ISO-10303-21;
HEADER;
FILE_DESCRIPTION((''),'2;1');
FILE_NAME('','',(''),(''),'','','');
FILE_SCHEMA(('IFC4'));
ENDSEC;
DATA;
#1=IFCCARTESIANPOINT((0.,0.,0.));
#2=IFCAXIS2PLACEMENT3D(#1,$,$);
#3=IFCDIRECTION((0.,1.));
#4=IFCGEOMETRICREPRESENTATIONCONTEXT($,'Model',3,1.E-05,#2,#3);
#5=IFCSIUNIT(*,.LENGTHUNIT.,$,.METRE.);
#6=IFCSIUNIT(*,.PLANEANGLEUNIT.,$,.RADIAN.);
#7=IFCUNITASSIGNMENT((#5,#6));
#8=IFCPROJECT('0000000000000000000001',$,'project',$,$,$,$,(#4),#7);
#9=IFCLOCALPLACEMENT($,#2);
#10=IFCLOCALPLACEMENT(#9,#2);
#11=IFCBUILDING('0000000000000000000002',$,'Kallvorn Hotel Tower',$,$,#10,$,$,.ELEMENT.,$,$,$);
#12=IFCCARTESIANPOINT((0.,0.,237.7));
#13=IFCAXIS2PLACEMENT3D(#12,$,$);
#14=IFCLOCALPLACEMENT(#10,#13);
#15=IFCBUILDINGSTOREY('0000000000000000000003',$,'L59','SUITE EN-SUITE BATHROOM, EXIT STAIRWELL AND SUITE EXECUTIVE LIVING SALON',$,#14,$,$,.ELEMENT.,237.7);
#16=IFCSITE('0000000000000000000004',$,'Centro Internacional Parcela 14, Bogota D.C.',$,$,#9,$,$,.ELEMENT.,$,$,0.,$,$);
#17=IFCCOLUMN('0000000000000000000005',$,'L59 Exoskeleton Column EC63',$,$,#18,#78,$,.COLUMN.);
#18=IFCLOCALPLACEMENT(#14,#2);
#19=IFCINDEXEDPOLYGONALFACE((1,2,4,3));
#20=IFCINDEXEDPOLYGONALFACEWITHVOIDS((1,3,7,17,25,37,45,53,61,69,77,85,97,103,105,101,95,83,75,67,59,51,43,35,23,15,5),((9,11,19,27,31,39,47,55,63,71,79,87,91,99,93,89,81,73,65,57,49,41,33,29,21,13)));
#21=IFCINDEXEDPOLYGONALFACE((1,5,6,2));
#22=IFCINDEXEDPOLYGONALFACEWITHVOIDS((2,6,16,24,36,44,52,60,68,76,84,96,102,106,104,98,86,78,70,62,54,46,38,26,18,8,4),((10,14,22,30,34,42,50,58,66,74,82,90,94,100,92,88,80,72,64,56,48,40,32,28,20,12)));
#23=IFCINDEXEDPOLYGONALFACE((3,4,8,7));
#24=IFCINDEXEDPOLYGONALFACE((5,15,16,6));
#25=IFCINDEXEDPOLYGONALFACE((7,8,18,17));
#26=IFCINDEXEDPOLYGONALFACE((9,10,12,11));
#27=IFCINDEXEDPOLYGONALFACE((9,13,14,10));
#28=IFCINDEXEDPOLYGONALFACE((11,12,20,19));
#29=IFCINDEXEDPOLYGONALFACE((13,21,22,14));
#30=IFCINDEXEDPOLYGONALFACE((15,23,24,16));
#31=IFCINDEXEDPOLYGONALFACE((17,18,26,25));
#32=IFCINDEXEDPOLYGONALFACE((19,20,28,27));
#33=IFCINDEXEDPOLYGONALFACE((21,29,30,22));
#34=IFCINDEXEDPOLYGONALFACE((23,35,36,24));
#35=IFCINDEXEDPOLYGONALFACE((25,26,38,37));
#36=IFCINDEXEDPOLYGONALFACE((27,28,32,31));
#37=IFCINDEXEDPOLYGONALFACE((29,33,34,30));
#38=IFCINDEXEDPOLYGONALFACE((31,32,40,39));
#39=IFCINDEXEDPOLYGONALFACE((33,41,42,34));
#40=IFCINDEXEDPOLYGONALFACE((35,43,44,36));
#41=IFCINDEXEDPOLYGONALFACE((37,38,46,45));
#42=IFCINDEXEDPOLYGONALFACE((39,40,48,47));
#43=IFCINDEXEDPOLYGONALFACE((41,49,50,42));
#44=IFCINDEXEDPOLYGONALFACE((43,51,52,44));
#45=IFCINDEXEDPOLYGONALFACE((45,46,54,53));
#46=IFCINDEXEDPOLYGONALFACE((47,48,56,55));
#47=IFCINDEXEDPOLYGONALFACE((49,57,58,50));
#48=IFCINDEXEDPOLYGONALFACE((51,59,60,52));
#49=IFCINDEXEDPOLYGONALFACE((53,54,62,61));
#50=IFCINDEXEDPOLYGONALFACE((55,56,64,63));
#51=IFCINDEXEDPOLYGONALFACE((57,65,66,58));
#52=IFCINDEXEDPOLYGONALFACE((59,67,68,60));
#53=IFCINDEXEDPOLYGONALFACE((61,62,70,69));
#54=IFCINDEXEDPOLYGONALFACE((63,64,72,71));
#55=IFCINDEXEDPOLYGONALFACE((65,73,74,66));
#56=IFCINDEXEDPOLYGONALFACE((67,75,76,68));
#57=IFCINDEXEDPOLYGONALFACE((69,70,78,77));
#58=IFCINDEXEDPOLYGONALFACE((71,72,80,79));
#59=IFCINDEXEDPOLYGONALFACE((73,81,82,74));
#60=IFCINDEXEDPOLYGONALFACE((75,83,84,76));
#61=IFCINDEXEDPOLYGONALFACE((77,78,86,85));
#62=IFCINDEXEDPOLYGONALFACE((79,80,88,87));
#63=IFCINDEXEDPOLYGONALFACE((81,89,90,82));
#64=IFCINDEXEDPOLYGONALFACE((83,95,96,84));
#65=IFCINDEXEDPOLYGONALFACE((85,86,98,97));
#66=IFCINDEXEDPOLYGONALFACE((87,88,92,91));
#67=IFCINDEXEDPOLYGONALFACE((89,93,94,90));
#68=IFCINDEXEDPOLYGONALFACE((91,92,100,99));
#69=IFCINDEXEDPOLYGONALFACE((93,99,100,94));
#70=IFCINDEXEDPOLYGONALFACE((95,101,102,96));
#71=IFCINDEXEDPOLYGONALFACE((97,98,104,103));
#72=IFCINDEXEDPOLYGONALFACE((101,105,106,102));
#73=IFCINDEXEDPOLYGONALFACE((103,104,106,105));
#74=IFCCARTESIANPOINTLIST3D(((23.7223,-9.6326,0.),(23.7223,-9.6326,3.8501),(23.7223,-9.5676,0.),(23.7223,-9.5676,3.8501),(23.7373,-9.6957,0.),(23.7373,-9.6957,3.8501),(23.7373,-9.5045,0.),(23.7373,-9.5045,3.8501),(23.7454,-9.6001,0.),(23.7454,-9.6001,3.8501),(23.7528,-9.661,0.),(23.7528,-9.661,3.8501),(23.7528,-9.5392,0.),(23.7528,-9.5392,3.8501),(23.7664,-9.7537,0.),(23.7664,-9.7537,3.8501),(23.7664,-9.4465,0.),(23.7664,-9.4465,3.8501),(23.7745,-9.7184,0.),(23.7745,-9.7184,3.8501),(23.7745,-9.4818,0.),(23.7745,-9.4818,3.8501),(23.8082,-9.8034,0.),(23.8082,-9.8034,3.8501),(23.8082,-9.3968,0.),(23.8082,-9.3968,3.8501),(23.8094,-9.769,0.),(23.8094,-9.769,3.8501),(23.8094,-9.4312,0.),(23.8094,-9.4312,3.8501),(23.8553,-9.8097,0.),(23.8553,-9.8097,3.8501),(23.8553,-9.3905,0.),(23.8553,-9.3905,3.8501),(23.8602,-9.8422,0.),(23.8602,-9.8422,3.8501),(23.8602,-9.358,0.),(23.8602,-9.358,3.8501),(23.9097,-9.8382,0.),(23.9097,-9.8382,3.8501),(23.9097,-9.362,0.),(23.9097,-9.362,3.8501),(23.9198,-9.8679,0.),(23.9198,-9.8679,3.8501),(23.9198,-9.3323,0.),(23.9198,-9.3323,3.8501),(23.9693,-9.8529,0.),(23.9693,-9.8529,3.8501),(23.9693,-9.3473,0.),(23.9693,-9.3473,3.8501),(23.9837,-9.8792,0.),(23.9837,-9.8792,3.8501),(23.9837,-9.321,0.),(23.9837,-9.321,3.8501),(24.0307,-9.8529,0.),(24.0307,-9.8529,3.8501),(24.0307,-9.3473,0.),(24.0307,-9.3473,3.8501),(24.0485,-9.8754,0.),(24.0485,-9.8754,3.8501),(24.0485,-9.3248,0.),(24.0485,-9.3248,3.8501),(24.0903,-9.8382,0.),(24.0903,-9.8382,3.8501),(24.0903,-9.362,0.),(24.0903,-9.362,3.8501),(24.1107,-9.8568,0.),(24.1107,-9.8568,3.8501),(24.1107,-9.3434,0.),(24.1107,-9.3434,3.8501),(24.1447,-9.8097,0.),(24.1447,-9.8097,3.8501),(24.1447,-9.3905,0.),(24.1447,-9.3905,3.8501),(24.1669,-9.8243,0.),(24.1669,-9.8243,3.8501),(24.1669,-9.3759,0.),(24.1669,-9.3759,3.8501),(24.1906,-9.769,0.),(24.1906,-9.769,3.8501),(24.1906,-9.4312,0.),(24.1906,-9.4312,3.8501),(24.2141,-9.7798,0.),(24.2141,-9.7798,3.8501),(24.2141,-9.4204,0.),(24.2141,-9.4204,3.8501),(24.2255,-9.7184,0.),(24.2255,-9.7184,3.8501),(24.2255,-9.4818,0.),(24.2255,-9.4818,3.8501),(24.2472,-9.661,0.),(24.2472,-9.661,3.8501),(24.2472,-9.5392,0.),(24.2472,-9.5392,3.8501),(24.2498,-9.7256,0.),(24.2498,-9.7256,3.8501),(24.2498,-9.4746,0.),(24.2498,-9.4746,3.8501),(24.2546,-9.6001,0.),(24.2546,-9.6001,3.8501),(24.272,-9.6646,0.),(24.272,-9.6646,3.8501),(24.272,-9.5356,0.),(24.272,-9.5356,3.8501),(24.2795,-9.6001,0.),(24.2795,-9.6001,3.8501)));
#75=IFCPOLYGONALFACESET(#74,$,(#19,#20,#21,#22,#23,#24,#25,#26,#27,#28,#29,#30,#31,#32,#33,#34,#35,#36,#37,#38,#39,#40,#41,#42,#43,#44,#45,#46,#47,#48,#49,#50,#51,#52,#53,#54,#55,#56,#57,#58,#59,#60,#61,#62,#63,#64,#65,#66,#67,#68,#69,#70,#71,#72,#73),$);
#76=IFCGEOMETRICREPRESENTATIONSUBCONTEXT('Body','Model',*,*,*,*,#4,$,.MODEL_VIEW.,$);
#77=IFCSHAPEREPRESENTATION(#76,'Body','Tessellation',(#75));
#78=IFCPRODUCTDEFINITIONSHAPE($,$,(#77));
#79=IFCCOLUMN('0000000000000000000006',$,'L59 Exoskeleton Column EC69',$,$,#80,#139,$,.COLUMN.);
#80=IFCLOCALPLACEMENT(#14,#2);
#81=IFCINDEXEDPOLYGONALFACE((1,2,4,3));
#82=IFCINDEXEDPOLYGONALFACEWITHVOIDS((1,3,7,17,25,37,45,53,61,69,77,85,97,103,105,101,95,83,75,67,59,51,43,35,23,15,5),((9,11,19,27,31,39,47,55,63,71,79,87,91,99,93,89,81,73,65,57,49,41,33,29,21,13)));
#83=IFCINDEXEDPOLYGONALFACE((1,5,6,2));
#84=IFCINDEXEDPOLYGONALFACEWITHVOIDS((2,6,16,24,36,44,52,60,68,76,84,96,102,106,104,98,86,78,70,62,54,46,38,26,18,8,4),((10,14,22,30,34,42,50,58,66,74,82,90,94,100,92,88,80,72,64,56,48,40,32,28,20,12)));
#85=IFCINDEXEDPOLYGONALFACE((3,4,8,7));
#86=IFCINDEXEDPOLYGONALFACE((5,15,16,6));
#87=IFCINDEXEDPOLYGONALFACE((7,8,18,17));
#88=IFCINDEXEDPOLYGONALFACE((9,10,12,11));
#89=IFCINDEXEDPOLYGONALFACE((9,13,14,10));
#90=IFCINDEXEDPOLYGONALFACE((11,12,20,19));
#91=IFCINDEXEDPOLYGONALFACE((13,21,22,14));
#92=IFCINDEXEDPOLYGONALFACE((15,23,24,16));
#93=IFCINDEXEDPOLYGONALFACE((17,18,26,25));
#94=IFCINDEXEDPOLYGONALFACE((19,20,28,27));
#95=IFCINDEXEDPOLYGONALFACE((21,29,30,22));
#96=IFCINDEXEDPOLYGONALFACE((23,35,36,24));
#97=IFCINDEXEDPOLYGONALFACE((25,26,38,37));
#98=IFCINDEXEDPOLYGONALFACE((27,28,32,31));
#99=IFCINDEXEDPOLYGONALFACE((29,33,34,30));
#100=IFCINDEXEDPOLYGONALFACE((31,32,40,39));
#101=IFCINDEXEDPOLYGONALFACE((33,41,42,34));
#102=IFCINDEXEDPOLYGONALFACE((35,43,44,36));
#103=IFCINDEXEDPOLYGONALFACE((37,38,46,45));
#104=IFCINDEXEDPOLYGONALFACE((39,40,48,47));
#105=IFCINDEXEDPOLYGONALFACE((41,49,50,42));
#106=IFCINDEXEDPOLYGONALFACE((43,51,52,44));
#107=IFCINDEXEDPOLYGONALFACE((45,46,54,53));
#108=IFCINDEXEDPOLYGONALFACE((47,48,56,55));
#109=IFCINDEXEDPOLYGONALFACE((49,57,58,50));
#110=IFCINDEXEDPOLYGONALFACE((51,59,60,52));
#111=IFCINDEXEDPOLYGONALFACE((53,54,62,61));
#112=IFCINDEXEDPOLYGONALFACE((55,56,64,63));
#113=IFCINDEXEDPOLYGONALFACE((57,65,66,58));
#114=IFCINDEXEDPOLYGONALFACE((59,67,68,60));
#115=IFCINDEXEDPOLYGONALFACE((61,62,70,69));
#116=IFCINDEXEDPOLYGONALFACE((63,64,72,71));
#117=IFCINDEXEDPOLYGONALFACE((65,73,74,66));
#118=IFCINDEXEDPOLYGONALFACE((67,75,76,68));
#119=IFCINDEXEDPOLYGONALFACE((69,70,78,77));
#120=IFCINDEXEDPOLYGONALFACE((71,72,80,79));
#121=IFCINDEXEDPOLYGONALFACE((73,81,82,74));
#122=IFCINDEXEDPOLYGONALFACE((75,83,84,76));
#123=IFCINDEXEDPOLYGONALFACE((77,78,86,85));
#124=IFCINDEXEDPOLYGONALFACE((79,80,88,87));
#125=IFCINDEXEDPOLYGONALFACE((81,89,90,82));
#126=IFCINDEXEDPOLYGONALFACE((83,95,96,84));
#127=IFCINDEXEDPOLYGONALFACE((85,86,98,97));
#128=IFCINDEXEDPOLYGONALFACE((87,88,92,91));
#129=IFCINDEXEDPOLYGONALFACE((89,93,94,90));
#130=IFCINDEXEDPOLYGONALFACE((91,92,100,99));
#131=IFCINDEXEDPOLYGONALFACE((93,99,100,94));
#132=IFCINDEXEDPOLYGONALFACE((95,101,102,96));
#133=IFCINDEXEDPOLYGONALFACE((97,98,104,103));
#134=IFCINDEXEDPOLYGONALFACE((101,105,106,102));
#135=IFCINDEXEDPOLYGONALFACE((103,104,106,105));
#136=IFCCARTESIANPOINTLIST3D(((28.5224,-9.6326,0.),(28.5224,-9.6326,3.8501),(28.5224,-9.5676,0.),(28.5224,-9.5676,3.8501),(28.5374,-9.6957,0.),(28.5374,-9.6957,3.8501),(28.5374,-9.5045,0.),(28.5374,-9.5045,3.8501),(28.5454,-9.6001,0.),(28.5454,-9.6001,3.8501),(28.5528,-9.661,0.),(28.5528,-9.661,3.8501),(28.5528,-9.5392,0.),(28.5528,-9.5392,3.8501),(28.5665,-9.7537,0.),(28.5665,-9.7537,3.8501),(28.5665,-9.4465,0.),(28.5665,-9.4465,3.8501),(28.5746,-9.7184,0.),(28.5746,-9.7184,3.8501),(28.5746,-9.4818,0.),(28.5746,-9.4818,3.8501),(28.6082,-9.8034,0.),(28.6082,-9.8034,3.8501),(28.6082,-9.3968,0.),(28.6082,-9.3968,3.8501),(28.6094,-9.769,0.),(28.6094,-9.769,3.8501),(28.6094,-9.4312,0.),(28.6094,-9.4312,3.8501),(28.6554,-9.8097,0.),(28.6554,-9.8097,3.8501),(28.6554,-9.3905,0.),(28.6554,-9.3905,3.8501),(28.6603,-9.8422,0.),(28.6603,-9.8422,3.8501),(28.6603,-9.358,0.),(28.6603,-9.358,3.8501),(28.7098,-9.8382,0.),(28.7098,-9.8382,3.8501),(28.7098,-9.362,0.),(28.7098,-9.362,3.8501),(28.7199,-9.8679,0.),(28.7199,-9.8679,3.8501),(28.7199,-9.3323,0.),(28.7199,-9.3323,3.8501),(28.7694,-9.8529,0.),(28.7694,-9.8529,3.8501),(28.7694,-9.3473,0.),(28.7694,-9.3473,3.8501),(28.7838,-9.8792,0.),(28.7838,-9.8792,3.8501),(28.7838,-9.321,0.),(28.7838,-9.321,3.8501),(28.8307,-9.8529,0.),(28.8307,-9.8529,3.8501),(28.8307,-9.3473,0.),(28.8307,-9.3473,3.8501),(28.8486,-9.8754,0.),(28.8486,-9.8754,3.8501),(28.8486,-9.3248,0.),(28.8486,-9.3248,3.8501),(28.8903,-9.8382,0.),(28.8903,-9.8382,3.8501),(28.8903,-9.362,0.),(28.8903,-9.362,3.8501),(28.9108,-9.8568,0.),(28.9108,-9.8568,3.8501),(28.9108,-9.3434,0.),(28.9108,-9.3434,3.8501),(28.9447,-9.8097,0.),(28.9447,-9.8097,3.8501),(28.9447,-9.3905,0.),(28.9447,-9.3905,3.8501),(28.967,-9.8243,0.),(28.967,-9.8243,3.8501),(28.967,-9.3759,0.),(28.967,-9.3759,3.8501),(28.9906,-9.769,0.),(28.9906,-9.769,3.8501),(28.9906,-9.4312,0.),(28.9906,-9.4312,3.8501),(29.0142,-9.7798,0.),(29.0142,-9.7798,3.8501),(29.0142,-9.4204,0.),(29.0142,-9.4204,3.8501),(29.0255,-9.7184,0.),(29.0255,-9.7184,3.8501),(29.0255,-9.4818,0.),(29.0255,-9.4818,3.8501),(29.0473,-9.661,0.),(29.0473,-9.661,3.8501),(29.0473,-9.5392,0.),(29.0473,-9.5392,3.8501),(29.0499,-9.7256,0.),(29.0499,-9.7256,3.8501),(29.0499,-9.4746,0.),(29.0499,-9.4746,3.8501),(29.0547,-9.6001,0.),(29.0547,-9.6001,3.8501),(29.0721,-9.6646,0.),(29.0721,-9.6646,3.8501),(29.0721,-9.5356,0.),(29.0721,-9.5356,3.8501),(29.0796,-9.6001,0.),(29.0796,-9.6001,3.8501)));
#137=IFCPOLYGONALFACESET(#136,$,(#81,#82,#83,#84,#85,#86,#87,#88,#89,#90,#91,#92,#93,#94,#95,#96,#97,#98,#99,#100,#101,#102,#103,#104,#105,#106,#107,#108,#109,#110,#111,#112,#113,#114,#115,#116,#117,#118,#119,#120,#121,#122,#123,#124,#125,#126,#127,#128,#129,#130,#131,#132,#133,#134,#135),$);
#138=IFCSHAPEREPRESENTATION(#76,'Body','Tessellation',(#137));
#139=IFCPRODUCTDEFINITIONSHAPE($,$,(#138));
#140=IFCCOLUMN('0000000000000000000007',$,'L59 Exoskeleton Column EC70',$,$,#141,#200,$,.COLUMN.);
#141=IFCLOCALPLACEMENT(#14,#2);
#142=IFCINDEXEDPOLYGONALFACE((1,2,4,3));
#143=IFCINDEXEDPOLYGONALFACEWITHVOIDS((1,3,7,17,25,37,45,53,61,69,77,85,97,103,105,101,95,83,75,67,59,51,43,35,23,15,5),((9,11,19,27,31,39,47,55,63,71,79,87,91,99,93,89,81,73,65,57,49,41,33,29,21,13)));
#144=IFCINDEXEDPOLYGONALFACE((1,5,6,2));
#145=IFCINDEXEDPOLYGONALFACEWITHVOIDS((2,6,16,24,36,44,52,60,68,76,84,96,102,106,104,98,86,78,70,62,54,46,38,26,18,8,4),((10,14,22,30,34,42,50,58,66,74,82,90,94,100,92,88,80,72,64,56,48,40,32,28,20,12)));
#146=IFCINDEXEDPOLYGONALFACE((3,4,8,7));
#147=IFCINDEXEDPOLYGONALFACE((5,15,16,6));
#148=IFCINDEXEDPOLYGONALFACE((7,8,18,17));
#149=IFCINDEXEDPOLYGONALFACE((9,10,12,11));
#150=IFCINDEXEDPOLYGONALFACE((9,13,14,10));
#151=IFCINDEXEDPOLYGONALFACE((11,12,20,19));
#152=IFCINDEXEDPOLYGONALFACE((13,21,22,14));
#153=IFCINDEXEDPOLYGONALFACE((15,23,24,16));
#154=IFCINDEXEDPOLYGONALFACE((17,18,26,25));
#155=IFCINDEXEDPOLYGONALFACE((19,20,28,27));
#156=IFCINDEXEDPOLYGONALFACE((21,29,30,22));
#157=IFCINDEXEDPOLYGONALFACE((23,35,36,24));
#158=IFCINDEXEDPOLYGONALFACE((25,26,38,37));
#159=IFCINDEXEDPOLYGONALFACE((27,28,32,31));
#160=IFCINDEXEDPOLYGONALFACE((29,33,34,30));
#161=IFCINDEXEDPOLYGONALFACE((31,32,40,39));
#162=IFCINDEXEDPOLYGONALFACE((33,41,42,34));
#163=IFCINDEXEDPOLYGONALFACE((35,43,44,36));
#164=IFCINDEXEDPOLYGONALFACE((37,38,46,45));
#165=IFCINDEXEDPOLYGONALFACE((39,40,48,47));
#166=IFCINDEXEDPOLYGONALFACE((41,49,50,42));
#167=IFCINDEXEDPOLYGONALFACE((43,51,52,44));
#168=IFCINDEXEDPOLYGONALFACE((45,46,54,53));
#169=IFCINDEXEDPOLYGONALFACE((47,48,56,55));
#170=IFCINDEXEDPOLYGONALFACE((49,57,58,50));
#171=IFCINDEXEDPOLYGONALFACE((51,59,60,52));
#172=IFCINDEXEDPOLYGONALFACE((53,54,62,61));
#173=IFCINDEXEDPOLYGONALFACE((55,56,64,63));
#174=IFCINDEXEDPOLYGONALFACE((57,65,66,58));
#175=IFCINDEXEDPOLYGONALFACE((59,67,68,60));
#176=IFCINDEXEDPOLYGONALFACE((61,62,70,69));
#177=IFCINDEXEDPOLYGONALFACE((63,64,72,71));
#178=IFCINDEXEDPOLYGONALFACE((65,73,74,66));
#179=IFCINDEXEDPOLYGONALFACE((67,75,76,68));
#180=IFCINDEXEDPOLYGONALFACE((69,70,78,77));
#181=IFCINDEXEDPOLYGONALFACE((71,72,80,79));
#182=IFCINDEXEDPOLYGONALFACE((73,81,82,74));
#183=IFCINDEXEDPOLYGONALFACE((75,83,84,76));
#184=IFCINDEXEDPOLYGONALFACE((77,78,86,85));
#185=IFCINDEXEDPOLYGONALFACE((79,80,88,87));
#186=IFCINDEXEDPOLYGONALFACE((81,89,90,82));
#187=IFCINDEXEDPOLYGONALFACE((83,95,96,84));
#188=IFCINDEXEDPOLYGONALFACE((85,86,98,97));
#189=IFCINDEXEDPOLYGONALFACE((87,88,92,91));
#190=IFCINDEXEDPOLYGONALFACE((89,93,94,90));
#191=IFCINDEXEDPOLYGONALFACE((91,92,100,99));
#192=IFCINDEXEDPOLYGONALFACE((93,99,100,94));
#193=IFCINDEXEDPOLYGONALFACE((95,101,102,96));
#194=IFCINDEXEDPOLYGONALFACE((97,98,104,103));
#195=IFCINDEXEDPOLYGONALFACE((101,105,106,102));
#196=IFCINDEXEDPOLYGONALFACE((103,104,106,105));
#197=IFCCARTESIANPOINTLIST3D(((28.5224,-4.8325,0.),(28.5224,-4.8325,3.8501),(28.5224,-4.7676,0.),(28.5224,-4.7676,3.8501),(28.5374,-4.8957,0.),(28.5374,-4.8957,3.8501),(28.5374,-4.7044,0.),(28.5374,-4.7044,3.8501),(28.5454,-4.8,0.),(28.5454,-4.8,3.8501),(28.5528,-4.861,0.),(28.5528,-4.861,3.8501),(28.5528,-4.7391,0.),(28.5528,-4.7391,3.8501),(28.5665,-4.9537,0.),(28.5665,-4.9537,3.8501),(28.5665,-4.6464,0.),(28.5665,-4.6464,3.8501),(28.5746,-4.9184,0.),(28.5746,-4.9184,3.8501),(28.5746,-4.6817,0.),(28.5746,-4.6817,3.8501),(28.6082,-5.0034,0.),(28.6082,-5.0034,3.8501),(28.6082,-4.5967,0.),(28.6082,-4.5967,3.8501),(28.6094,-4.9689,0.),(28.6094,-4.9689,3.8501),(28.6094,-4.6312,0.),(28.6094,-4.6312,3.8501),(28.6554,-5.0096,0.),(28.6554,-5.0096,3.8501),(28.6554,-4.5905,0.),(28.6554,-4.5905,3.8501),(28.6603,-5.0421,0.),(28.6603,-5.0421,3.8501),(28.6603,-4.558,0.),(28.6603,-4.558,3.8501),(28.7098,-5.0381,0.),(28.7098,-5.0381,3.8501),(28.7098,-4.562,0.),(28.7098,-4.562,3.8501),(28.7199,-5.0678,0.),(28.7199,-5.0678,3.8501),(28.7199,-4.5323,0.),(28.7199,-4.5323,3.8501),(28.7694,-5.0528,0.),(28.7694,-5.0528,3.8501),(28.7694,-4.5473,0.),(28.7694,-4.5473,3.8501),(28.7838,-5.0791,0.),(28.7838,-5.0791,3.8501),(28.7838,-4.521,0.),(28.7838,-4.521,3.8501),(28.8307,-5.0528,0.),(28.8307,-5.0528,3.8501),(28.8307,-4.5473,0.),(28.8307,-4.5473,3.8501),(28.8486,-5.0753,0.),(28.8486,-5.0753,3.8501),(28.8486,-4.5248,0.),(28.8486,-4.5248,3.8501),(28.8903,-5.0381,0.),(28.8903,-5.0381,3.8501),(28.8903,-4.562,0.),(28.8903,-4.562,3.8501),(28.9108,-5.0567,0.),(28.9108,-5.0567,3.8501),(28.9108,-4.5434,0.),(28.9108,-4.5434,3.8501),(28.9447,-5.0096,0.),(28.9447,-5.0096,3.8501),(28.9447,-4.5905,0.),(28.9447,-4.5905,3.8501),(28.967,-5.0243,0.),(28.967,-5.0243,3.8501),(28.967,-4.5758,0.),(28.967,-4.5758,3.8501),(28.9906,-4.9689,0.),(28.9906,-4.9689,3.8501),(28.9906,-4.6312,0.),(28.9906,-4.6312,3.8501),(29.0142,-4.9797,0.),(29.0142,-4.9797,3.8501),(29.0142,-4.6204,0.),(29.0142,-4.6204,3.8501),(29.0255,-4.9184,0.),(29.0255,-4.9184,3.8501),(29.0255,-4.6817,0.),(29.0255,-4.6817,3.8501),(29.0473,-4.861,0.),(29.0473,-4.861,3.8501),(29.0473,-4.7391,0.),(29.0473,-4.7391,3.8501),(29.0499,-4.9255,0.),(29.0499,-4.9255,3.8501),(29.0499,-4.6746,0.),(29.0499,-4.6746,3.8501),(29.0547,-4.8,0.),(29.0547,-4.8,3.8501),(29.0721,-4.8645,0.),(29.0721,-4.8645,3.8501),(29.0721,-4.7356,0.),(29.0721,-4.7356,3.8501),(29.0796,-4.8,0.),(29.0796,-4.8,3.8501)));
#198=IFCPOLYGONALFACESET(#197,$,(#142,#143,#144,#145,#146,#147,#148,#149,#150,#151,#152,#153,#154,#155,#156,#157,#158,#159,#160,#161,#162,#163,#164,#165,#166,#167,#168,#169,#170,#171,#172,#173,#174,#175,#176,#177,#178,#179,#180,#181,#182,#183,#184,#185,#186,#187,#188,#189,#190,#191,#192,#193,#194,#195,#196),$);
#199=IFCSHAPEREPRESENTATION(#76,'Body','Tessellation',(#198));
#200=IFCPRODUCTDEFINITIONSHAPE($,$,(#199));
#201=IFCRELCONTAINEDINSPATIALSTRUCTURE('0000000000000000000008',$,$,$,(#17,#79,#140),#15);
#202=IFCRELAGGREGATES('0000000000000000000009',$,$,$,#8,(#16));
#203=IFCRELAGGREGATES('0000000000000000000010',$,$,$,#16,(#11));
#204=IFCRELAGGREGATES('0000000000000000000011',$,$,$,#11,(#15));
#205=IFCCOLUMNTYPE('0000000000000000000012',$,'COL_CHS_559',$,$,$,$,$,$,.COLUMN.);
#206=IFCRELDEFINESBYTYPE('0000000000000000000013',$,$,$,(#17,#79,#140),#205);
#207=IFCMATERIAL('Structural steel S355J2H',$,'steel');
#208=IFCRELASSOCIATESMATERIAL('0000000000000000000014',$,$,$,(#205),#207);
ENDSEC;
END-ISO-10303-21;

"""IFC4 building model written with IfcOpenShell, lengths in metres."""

from ifc_helpers import new_model, si_unit, direction, frame, origin, origin_2d, place, context, subcontext, project, spatial, hollow_circle, extrude, material, material_profile, profile_set, type_object, element, save


model = new_model("IFC4")

# Units and contexts
model_context = context("Model", 3, precision=1e-05, world=origin(), true_north=direction((0.0, 1.0)))
body_context = subcontext(model_context, "Body", "Model", "MODEL_VIEW")
ifc_project = project(units=[si_unit("LENGTHUNIT", "METRE"), si_unit("PLANEANGLEUNIT", "RADIAN")], contexts=[model_context])

# Site, building, storey
site_placement = place(None, origin())
site = spatial("IfcSite", under=ifc_project, at=site_placement, Name="Centro Internacional Parcela 14, Bogota D.C.", CompositionType="ELEMENT", RefElevation=0.0)
building_placement = place(site_placement, origin())
building = spatial("IfcBuilding", under=site, at=building_placement, Name="Kallvorn Hotel Tower", CompositionType="ELEMENT")
storey_placement = place(building_placement, frame((0.0, 0.0, 237.7)))
storey = spatial("IfcBuildingStorey", under=building, at=storey_placement, Name="L59", Description="SUITE EN-SUITE BATHROOM, EXIT STAIRWELL AND SUITE EXECUTIVE LIVING SALON", CompositionType="ELEMENT", Elevation=237.7)

# Columns
ifc_material_1 = material(Name="Structural steel S355J2H", Category="steel")
ifc_material_profile_1 = material_profile(ifc_material_1, hollow_circle(Radius=0.2795, WallThickness=0.0249, at=origin_2d()), Name="CHS 559x25")
ifc_profile_set_1 = profile_set([ifc_material_profile_1], Name="Structural steel S355J2H")
column_type_1 = type_object("IfcColumnType", Name="COL_CHS_559", PredefinedType="COLUMN", material=ifc_profile_set_1)
for number, where, z_axis, x_axis, name in (
    (1, (24.0, -9.6001, 0.0), (0.0, 0.0, 1.0), (1.0, 0.0, 0.0), "L59 Exoskeleton Column EC63"),
    (2, (28.8, -9.6001, 0.0), (0.0, 0.0, 1.0), (1.0, 0.0, 0.0), "L59 Exoskeleton Column EC69"),
    (3, (28.8, -4.8, 0.0), (0.0, 0.0, 1.0), (1.0, 0.0, 0.0), "L59 Exoskeleton Column EC70"),
):
    element("IfcColumn", number, at=place(storey_placement, frame(where, z_axis=z_axis, x_axis=x_axis)), inside=storey, type_object=column_type_1, Name=name, PredefinedType="COLUMN", context=body_context, shape_type="SweptSolid", body=[
        extrude(hollow_circle(Radius=0.2795, WallThickness=0.0249, at=origin_2d()), origin(), (0.0, 0.0, 1.0), 3.8501),
    ])

save(model, "model.ifc")
